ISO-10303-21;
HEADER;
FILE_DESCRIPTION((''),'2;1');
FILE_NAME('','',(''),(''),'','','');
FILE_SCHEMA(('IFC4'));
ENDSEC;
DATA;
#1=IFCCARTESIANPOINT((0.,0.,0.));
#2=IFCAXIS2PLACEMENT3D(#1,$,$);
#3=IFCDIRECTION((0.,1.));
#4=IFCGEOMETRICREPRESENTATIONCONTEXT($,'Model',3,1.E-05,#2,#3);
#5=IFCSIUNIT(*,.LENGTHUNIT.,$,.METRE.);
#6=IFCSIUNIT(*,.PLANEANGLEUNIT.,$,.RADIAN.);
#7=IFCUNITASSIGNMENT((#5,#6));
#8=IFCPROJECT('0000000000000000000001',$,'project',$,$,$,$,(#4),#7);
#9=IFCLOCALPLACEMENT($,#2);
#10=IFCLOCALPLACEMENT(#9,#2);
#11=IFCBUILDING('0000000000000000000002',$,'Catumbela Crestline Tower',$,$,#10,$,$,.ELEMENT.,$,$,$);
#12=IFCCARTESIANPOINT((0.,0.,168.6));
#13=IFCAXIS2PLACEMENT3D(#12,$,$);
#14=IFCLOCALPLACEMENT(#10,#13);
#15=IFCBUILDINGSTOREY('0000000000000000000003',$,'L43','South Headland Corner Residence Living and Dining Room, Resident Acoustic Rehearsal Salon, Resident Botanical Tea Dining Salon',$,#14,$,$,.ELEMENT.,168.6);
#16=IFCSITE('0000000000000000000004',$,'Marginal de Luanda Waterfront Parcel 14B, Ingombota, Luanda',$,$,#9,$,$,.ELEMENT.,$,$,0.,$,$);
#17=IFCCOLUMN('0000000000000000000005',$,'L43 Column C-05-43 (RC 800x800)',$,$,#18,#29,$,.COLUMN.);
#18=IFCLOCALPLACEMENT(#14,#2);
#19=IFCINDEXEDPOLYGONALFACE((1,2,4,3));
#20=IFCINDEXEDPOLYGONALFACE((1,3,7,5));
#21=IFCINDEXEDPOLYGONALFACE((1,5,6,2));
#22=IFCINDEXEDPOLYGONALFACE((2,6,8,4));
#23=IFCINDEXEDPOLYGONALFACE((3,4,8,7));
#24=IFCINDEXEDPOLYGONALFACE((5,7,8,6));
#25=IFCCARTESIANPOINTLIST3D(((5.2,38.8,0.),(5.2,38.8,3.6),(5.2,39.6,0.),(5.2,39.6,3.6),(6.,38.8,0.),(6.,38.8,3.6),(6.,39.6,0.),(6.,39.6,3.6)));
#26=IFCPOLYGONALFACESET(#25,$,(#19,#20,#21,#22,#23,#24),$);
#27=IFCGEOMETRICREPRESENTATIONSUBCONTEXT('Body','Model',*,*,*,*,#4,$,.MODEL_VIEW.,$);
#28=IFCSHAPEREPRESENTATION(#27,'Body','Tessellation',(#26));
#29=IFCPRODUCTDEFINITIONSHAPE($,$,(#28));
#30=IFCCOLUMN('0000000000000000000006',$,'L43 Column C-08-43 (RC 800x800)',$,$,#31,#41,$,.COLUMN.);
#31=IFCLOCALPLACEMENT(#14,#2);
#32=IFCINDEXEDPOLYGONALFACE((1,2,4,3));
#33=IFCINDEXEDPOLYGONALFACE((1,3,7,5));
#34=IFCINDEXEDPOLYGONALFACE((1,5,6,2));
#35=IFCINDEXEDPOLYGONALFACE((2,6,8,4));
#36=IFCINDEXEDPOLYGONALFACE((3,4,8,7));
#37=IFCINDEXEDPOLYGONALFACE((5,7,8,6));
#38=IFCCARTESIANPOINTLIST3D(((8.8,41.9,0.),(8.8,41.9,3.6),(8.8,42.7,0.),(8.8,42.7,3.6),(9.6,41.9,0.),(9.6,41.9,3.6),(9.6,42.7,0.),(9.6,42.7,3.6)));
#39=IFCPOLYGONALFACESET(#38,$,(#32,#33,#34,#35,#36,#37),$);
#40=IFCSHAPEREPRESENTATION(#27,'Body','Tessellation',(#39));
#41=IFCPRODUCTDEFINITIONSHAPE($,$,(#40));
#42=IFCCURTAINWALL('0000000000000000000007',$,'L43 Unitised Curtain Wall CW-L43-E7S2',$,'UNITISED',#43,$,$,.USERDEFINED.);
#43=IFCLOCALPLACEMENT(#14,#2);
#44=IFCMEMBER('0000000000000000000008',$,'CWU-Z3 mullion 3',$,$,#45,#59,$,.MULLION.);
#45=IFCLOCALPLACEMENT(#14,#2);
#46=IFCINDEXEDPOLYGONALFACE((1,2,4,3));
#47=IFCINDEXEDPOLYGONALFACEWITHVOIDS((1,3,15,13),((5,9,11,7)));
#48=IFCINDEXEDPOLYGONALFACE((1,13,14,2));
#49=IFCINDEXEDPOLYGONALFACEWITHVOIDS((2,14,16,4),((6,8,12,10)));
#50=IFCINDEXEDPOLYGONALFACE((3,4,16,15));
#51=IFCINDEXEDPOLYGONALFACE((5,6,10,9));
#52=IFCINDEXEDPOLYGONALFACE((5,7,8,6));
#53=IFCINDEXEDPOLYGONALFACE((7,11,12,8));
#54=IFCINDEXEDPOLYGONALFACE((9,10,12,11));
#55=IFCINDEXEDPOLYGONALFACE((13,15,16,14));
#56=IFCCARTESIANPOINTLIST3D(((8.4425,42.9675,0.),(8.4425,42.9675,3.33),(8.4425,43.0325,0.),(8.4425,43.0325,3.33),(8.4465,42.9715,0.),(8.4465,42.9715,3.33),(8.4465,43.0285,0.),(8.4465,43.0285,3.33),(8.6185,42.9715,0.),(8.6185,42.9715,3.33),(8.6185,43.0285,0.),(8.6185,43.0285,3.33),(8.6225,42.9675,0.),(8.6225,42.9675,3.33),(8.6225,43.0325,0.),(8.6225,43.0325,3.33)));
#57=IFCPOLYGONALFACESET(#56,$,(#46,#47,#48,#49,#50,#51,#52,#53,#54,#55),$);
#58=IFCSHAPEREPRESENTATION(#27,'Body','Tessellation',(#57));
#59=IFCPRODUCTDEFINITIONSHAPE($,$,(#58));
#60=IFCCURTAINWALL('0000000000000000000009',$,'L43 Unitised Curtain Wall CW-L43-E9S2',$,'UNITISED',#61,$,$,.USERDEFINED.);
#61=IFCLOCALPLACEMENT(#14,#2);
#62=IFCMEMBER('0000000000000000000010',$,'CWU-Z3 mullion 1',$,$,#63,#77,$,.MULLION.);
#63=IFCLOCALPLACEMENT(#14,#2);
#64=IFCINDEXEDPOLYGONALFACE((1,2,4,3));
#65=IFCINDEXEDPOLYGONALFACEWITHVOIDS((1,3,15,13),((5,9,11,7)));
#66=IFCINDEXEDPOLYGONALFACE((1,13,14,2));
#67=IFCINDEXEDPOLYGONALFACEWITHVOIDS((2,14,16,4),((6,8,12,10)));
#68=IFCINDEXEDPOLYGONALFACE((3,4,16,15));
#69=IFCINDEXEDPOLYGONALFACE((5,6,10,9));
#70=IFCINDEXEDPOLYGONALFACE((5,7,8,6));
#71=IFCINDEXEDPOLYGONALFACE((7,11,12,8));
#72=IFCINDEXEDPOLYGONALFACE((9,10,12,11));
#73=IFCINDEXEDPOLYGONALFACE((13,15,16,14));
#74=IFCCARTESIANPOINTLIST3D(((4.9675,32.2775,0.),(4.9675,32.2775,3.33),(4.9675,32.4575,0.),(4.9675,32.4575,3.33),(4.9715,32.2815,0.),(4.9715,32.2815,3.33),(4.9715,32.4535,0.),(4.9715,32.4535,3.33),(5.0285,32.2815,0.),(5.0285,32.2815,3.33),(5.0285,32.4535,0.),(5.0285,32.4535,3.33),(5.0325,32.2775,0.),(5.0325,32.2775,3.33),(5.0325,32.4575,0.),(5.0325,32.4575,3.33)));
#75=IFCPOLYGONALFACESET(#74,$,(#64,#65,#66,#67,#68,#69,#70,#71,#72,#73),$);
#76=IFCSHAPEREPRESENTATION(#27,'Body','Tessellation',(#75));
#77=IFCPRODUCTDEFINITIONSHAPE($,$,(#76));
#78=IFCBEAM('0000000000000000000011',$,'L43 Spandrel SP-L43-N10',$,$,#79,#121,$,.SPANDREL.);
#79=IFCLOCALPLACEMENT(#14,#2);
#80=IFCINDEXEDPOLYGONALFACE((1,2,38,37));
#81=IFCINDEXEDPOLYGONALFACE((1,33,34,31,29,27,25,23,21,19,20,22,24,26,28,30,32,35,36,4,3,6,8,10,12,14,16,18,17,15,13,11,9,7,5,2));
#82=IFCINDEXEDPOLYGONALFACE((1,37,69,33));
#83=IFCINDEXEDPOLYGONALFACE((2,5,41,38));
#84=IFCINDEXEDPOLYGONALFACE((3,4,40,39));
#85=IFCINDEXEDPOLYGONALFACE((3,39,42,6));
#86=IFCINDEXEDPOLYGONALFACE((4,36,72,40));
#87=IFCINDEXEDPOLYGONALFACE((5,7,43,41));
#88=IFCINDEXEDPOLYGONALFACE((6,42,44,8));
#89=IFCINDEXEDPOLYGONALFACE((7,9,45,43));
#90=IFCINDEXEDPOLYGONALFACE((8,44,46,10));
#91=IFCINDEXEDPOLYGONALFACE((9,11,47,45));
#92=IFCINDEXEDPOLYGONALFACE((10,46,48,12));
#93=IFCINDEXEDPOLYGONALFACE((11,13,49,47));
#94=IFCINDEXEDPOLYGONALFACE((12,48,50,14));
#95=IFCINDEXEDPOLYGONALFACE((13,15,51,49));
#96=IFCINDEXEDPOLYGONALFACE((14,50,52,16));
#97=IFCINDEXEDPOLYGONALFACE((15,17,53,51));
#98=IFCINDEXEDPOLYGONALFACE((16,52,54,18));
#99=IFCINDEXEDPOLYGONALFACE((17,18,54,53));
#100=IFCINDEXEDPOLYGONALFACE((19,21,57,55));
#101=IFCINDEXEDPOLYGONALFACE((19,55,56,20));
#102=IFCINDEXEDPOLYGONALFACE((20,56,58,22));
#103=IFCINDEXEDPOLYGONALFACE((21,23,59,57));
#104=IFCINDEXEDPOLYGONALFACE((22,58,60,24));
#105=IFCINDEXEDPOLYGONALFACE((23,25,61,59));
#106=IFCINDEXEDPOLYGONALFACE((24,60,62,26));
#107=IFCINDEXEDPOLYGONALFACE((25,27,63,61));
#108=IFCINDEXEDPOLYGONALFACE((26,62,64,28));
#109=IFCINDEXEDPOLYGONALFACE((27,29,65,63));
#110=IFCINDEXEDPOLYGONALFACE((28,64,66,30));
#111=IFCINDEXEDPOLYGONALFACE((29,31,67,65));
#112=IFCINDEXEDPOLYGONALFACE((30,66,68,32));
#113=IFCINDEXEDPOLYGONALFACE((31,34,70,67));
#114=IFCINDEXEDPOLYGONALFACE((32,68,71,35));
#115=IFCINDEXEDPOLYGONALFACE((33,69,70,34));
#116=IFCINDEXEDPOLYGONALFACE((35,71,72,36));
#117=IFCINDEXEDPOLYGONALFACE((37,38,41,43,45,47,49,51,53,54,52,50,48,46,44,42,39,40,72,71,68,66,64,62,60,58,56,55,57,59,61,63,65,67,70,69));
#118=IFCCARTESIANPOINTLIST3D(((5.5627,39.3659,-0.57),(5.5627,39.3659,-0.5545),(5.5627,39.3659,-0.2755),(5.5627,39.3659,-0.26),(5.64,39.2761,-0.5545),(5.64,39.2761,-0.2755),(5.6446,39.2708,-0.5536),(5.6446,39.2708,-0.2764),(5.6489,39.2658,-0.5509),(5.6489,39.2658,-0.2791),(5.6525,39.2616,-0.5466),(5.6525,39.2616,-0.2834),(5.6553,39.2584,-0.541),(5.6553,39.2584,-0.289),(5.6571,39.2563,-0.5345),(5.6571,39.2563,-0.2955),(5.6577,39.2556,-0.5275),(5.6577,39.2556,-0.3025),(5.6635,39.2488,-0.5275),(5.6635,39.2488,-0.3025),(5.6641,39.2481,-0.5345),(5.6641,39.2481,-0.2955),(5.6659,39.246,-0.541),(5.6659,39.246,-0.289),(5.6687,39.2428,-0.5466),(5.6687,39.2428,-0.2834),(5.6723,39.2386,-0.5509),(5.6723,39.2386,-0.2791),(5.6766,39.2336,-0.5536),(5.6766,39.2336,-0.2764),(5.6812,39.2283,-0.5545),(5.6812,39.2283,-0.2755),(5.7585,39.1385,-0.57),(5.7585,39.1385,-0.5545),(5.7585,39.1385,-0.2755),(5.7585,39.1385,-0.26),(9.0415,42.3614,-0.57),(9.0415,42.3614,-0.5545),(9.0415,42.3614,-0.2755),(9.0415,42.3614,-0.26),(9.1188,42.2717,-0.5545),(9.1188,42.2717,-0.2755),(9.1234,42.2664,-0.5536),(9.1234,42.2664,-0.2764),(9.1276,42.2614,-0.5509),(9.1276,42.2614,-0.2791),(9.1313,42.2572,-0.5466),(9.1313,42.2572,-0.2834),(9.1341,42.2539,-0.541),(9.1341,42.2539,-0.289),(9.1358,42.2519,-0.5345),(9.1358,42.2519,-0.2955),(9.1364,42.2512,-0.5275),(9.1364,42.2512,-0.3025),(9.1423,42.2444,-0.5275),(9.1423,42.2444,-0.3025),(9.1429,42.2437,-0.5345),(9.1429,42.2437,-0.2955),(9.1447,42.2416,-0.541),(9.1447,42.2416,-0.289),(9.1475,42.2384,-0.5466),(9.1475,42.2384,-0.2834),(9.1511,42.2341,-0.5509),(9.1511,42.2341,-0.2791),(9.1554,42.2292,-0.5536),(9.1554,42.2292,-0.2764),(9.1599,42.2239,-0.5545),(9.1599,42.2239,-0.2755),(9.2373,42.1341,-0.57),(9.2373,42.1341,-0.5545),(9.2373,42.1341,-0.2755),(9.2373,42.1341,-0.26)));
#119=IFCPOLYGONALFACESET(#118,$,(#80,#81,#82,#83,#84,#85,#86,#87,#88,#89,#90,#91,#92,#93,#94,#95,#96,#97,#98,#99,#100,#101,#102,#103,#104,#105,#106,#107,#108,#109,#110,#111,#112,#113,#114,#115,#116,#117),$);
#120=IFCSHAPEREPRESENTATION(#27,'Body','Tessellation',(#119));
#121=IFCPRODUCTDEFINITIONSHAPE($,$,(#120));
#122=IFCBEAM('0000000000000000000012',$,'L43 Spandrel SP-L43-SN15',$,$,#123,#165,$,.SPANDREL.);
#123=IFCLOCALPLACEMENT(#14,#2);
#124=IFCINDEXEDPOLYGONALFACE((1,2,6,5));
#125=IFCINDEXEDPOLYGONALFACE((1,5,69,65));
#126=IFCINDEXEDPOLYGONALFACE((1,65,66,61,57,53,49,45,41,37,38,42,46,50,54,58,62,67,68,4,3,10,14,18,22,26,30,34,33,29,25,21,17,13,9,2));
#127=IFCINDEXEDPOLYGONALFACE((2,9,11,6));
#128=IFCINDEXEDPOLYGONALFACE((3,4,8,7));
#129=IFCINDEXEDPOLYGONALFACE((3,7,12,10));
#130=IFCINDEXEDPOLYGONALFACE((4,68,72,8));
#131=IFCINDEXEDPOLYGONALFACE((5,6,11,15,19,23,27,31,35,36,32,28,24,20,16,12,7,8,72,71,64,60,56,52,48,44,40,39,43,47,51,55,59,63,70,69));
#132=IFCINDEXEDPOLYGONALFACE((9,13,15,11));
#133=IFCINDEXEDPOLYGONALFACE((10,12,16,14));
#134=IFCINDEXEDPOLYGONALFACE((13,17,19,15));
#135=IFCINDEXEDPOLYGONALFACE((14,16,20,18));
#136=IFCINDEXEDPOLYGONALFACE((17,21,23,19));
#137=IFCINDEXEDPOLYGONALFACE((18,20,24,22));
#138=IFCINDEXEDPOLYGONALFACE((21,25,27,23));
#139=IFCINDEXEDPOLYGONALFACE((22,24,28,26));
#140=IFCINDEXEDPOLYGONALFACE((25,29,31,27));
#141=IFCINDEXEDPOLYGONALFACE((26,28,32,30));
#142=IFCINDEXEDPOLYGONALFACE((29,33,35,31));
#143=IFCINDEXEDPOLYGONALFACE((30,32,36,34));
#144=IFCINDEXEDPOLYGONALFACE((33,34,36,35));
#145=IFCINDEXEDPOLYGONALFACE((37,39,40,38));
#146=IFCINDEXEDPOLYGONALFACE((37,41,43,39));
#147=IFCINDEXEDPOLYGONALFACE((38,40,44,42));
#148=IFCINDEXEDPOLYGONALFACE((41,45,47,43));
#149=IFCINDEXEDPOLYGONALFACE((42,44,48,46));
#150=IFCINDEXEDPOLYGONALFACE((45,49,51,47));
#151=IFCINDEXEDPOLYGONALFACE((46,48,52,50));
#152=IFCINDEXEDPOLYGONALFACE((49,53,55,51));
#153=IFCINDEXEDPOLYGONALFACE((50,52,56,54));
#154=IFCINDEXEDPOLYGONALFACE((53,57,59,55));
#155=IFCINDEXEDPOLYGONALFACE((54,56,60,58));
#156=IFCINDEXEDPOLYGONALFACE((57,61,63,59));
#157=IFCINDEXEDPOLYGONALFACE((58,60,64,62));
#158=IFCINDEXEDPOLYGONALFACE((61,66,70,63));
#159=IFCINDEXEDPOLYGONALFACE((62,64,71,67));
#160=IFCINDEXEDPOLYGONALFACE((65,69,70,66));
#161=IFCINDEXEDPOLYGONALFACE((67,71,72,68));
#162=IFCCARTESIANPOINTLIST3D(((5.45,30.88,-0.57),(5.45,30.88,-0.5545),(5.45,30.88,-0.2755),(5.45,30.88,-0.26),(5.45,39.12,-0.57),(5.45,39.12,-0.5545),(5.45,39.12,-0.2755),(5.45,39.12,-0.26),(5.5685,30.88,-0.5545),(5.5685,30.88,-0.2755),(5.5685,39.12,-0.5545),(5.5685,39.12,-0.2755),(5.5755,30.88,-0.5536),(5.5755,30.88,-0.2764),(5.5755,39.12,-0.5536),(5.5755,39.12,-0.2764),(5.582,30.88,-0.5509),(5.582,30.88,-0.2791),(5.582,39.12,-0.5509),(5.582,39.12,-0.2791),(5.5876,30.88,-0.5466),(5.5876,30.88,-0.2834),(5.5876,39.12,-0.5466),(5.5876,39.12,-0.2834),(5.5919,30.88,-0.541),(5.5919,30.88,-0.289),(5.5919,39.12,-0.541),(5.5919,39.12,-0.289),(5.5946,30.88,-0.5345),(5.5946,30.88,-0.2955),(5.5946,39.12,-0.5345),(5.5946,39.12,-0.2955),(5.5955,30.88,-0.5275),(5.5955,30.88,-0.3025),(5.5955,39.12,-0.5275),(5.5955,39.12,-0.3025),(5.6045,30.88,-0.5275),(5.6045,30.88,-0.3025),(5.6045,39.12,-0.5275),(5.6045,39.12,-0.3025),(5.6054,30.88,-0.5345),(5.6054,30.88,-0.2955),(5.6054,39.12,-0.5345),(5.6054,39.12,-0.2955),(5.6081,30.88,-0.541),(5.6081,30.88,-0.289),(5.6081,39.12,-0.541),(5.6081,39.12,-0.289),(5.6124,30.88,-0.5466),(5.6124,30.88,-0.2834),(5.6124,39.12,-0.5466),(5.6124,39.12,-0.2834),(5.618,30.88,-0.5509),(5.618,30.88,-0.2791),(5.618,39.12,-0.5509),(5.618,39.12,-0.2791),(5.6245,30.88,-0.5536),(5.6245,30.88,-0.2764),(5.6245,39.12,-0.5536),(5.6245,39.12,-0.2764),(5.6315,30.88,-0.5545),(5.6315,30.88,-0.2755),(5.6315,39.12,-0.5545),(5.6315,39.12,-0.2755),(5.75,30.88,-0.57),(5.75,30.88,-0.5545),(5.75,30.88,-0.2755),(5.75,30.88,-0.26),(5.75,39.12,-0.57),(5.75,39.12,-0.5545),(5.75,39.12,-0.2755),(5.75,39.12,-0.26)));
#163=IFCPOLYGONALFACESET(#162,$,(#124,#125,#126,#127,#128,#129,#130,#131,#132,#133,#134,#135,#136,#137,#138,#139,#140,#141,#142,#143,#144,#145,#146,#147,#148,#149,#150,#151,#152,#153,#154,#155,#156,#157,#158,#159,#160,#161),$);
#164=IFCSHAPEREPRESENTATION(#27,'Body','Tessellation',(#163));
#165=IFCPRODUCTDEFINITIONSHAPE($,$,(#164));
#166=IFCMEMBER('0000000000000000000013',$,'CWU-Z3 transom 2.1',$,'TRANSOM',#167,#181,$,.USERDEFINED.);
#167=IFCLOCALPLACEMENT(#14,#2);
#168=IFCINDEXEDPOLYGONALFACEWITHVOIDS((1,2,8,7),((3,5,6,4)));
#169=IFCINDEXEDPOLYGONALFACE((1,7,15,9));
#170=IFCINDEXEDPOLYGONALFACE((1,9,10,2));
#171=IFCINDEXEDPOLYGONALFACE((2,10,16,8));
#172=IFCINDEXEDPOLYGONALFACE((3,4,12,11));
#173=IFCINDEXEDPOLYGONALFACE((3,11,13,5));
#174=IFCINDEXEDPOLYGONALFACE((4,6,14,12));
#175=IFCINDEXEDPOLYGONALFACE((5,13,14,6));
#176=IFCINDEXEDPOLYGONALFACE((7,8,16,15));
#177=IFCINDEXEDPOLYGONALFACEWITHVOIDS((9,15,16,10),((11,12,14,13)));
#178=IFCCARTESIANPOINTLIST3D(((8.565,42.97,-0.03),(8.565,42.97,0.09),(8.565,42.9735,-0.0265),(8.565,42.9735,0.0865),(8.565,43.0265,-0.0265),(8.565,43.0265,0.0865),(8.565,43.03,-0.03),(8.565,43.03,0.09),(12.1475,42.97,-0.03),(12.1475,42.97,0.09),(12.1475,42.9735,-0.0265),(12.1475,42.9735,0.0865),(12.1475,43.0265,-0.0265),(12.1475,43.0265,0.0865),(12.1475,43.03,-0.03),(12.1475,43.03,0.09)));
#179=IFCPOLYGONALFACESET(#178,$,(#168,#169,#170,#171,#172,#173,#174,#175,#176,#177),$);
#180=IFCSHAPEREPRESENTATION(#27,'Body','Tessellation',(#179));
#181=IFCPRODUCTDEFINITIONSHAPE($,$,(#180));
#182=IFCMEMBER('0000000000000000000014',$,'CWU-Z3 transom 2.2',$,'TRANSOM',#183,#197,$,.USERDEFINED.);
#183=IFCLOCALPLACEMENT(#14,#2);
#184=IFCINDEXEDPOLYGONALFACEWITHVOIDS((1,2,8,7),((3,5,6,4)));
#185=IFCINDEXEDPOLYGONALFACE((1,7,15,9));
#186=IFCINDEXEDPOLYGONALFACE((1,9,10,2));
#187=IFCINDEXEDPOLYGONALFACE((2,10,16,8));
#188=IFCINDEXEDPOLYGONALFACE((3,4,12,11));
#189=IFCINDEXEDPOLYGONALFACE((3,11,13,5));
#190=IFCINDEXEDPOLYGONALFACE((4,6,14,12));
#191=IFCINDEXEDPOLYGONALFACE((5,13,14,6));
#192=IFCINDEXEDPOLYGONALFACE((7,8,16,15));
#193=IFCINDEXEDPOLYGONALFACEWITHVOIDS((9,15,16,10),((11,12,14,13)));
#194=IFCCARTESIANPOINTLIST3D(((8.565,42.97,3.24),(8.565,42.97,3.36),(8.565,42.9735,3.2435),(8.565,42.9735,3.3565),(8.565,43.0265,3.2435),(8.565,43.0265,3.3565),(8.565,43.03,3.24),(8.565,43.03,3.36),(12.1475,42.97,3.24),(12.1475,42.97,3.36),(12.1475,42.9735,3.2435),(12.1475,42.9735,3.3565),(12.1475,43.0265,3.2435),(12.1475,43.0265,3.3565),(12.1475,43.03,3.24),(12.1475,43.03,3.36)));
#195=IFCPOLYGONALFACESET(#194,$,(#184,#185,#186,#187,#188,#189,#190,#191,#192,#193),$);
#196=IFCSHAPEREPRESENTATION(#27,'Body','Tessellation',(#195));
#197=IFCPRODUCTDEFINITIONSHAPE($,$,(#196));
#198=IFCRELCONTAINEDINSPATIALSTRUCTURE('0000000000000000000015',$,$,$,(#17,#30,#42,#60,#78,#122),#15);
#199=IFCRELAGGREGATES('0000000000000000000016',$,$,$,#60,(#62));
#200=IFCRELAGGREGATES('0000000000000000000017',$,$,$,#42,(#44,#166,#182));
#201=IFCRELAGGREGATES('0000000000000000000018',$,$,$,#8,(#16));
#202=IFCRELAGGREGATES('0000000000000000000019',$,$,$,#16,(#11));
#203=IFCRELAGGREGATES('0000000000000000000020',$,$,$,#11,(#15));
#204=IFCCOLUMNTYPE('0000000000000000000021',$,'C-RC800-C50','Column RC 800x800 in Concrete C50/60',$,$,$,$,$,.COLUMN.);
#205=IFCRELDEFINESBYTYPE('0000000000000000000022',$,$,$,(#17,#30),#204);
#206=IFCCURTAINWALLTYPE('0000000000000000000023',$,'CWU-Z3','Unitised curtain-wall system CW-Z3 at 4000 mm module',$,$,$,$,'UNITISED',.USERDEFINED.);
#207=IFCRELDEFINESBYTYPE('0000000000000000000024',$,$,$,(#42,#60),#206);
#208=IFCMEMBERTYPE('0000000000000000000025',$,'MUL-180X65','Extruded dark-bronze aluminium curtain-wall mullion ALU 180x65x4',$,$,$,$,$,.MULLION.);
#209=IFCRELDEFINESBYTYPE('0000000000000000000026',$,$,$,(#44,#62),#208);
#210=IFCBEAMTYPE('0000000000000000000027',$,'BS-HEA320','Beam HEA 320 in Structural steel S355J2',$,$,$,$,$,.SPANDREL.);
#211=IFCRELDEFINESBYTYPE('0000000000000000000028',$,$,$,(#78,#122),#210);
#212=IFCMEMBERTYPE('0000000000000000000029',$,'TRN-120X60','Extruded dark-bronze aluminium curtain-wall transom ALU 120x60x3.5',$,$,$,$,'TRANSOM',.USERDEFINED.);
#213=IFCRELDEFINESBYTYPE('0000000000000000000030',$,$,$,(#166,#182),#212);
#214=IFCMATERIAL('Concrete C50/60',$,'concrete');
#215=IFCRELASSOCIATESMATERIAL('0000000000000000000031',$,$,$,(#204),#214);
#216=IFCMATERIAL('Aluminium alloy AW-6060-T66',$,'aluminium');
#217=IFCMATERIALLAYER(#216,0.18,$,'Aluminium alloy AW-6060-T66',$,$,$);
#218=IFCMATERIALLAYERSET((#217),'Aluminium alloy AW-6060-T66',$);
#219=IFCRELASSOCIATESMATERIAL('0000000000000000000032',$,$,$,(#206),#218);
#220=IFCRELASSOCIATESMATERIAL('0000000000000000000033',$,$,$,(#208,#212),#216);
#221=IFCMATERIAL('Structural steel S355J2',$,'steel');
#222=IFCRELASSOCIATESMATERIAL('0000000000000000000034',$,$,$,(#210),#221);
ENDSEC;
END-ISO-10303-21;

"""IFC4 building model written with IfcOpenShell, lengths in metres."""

from ifc_helpers import new_model, si_unit, direction, frame, origin, origin_2d, place, context, subcontext, project, spatial, rectangle, hollow_rectangle, i_section, extrude, material, layer, layer_set, material_profile, profile_set, type_object, element, aggregate, save


model = new_model("IFC4")

# Units and contexts
model_context = context("Model", 3, precision=1e-05, world=origin(), true_north=direction((0.0, 1.0)))
body_context = subcontext(model_context, "Body", "Model", "MODEL_VIEW")
ifc_project = project(units=[si_unit("LENGTHUNIT", "METRE"), si_unit("PLANEANGLEUNIT", "RADIAN")], contexts=[model_context])

# Site, building, storey
site_placement = place(None, origin())
site = spatial("IfcSite", under=ifc_project, at=site_placement, Name="Marginal de Luanda Waterfront Parcel 14B, Ingombota, Luanda", CompositionType="ELEMENT", RefElevation=0.0)
building_placement = place(site_placement, origin())
building = spatial("IfcBuilding", under=site, at=building_placement, Name="Catumbela Crestline Tower", CompositionType="ELEMENT")
storey_placement = place(building_placement, frame((0.0, 0.0, 168.6)))
storey = spatial("IfcBuildingStorey", under=building, at=storey_placement, Name="L43", Description="South Headland Corner Residence Living and Dining Room, Resident Acoustic Rehearsal Salon, Resident Botanical Tea Dining Salon", CompositionType="ELEMENT", Elevation=168.6)

# Columns
ifc_material_1 = material(Name="Concrete C50/60", Category="concrete")
ifc_material_profile_1 = material_profile(ifc_material_1, rectangle(XDim=0.8, YDim=0.8, at=origin_2d()), Name="RC 800x800")
ifc_profile_set_1 = profile_set([ifc_material_profile_1], Name="Concrete C50/60")
column_type = type_object("IfcColumnType", Name="C-RC800-C50", Description="Column RC 800x800 in Concrete C50/60", PredefinedType="COLUMN", material=ifc_profile_set_1)
for number, where, z_axis, x_axis, name in (
    (1, (5.6, 39.2, 0.0), (0.0, 0.0, 1.0), (1.0, 0.0, 0.0), "L43 Column C-05-43 (RC 800x800)"),
    (2, (9.2, 42.3, 0.0), (0.0, 0.0, 1.0), (1.0, 0.0, 0.0), "L43 Column C-08-43 (RC 800x800)"),
):
    element("IfcColumn", number, at=place(storey_placement, frame(where, z_axis=z_axis, x_axis=x_axis)), inside=storey, type_object=column_type, Name=name, PredefinedType="COLUMN", context=body_context, shape_type="SweptSolid", body=[
        extrude(rectangle(XDim=0.8, YDim=0.8, at=origin_2d()), origin(), (0.0, 0.0, 1.0), 3.6),
    ])

# Curtain walls, members
ifc_material_2 = material(Name="Aluminium alloy AW-6060-T66", Category="aluminium")
ifc_layer_1 = layer(ifc_material_2, 0.18, Name="Aluminium alloy AW-6060-T66")
ifc_layer_set_1 = layer_set([ifc_layer_1], Name="Aluminium alloy AW-6060-T66")
curtain_wall_type = type_object("IfcCurtainWallType", Name="CWU-Z3", Description="Unitised curtain-wall system CW-Z3 at 4000 mm module", ElementType="UNITISED", PredefinedType="USERDEFINED", material=ifc_layer_set_1)
curtain_wall_1_placement = place(storey_placement, origin())
curtain_wall_1 = element("IfcCurtainWall", 3, at=curtain_wall_1_placement, inside=storey, type_object=curtain_wall_type, Name="L43 Unitised Curtain Wall CW-L43-E7S2", ObjectType="UNITISED", PredefinedType="USERDEFINED")
ifc_material_profile_2 = material_profile(ifc_material_2, hollow_rectangle(XDim=0.065, YDim=0.18, WallThickness=0.004, at=origin_2d()), Name="ALU 180x65x4")
ifc_profile_set_2 = profile_set([ifc_material_profile_2], Name="Aluminium alloy AW-6060-T66")
member_type_1 = type_object("IfcMemberType", Name="MUL-180X65", Description="Extruded dark-bronze aluminium curtain-wall mullion ALU 180x65x4", PredefinedType="MULLION", material=ifc_profile_set_2)
member_1_placement = place(storey_placement, frame((8.5325, 43.0, 0.0), z_axis=(0.0, 0.0, 1.0), x_axis=(0.0, -1.0, 0.0)))
member_1 = element("IfcMember", 4, at=member_1_placement, type_object=member_type_1, Name="CWU-Z3 mullion 3", PredefinedType="MULLION", context=body_context, shape_type="SweptSolid", body=[
    extrude(hollow_rectangle(XDim=0.065, YDim=0.18, WallThickness=0.004, at=origin_2d()), origin(), (0.0, 0.0, 1.0), 3.33),
])
curtain_wall_2_placement = place(storey_placement, origin())
curtain_wall_2 = element("IfcCurtainWall", 5, at=curtain_wall_2_placement, inside=storey, type_object=curtain_wall_type, Name="L43 Unitised Curtain Wall CW-L43-E9S2", ObjectType="UNITISED", PredefinedType="USERDEFINED")
member_2_placement = place(storey_placement, frame((5.0, 32.3675, 0.0), z_axis=(0.0, 0.0, 1.0), x_axis=(1.0, 0.0, 0.0)))
member_2 = element("IfcMember", 6, at=member_2_placement, type_object=member_type_1, Name="CWU-Z3 mullion 1", PredefinedType="MULLION", context=body_context, shape_type="SweptSolid", body=[
    extrude(hollow_rectangle(XDim=0.065, YDim=0.18, WallThickness=0.004, at=origin_2d()), origin(), (0.0, 0.0, 1.0), 3.33),
])

# Beams
ifc_material_3 = material(Name="Structural steel S355J2", Category="steel")
ifc_material_profile_3 = material_profile(ifc_material_3, i_section(OverallWidth=0.3, OverallDepth=0.31, WebThickness=0.009, FlangeThickness=0.0155, FilletRadius=0.027, at=origin_2d()), Name="HEA 320")
ifc_profile_set_3 = profile_set([ifc_material_profile_3], Name="Structural steel S355J2")
beam_type = type_object("IfcBeamType", Name="BS-HEA320", Description="Beam HEA 320 in Structural steel S355J2", PredefinedType="SPANDREL", material=ifc_profile_set_3)
beam_1_placement = place(storey_placement, frame((5.6606, 39.2522, -0.415), z_axis=(0.757772, 0.652519, 0.0), x_axis=(-0.652519, 0.757772, 0.0)))
element("IfcBeam", 7, at=beam_1_placement, inside=storey, type_object=beam_type, Name="L43 Spandrel SP-L43-N10", PredefinedType="SPANDREL", context=body_context, shape_type="SweptSolid", body=[
    extrude(i_section(OverallWidth=0.3, OverallDepth=0.31, WebThickness=0.009, FlangeThickness=0.0155, FilletRadius=0.027, at=origin_2d()), origin(), (0.0, 0.0, 1.0), 4.5908),
])
beam_2_placement = place(storey_placement, frame((5.6, 30.88, -0.415), z_axis=(0.0, 1.0, 0.0), x_axis=(-1.0, 0.0, 0.0)))
element("IfcBeam", 8, at=beam_2_placement, inside=storey, type_object=beam_type, Name="L43 Spandrel SP-L43-SN15", PredefinedType="SPANDREL", context=body_context, shape_type="SweptSolid", body=[
    extrude(i_section(OverallWidth=0.3, OverallDepth=0.31, WebThickness=0.009, FlangeThickness=0.0155, FilletRadius=0.027, at=origin_2d()), origin(), (0.0, 0.0, 1.0), 8.24),
])

# Members
ifc_material_profile_4 = material_profile(ifc_material_2, hollow_rectangle(XDim=0.06, YDim=0.12, WallThickness=0.0035, at=origin_2d()), Name="ALU 120x60x3.5")
ifc_profile_set_4 = profile_set([ifc_material_profile_4], Name="Aluminium alloy AW-6060-T66")
member_type_2 = type_object("IfcMemberType", Name="TRN-120X60", Description="Extruded dark-bronze aluminium curtain-wall transom ALU 120x60x3.5", ElementType="TRANSOM", PredefinedType="USERDEFINED", material=ifc_profile_set_4)
member_3_placement = place(storey_placement, frame((12.1475, 43.0, 0.03), z_axis=(-1.0, 0.0, 0.0), x_axis=(0.0, -1.0, 0.0)))
member_3 = element("IfcMember", 9, at=member_3_placement, type_object=member_type_2, Name="CWU-Z3 transom 2.1", ObjectType="TRANSOM", PredefinedType="USERDEFINED", context=body_context, shape_type="SweptSolid", body=[
    extrude(hollow_rectangle(XDim=0.06, YDim=0.12, WallThickness=0.0035, at=origin_2d()), origin(), (0.0, 0.0, 1.0), 3.5825),
])
member_4_placement = place(storey_placement, frame((12.1475, 43.0, 3.3), z_axis=(-1.0, 0.0, 0.0), x_axis=(0.0, -1.0, 0.0)))
member_4 = element("IfcMember", 10, at=member_4_placement, type_object=member_type_2, Name="CWU-Z3 transom 2.2", ObjectType="TRANSOM", PredefinedType="USERDEFINED", context=body_context, shape_type="SweptSolid", body=[
    extrude(hollow_rectangle(XDim=0.06, YDim=0.12, WallThickness=0.0035, at=origin_2d()), origin(), (0.0, 0.0, 1.0), 3.5825),
])
aggregate(curtain_wall_2, [member_2])

aggregate(curtain_wall_1, [member_1, member_3, member_4])

save(model, "model.ifc")
